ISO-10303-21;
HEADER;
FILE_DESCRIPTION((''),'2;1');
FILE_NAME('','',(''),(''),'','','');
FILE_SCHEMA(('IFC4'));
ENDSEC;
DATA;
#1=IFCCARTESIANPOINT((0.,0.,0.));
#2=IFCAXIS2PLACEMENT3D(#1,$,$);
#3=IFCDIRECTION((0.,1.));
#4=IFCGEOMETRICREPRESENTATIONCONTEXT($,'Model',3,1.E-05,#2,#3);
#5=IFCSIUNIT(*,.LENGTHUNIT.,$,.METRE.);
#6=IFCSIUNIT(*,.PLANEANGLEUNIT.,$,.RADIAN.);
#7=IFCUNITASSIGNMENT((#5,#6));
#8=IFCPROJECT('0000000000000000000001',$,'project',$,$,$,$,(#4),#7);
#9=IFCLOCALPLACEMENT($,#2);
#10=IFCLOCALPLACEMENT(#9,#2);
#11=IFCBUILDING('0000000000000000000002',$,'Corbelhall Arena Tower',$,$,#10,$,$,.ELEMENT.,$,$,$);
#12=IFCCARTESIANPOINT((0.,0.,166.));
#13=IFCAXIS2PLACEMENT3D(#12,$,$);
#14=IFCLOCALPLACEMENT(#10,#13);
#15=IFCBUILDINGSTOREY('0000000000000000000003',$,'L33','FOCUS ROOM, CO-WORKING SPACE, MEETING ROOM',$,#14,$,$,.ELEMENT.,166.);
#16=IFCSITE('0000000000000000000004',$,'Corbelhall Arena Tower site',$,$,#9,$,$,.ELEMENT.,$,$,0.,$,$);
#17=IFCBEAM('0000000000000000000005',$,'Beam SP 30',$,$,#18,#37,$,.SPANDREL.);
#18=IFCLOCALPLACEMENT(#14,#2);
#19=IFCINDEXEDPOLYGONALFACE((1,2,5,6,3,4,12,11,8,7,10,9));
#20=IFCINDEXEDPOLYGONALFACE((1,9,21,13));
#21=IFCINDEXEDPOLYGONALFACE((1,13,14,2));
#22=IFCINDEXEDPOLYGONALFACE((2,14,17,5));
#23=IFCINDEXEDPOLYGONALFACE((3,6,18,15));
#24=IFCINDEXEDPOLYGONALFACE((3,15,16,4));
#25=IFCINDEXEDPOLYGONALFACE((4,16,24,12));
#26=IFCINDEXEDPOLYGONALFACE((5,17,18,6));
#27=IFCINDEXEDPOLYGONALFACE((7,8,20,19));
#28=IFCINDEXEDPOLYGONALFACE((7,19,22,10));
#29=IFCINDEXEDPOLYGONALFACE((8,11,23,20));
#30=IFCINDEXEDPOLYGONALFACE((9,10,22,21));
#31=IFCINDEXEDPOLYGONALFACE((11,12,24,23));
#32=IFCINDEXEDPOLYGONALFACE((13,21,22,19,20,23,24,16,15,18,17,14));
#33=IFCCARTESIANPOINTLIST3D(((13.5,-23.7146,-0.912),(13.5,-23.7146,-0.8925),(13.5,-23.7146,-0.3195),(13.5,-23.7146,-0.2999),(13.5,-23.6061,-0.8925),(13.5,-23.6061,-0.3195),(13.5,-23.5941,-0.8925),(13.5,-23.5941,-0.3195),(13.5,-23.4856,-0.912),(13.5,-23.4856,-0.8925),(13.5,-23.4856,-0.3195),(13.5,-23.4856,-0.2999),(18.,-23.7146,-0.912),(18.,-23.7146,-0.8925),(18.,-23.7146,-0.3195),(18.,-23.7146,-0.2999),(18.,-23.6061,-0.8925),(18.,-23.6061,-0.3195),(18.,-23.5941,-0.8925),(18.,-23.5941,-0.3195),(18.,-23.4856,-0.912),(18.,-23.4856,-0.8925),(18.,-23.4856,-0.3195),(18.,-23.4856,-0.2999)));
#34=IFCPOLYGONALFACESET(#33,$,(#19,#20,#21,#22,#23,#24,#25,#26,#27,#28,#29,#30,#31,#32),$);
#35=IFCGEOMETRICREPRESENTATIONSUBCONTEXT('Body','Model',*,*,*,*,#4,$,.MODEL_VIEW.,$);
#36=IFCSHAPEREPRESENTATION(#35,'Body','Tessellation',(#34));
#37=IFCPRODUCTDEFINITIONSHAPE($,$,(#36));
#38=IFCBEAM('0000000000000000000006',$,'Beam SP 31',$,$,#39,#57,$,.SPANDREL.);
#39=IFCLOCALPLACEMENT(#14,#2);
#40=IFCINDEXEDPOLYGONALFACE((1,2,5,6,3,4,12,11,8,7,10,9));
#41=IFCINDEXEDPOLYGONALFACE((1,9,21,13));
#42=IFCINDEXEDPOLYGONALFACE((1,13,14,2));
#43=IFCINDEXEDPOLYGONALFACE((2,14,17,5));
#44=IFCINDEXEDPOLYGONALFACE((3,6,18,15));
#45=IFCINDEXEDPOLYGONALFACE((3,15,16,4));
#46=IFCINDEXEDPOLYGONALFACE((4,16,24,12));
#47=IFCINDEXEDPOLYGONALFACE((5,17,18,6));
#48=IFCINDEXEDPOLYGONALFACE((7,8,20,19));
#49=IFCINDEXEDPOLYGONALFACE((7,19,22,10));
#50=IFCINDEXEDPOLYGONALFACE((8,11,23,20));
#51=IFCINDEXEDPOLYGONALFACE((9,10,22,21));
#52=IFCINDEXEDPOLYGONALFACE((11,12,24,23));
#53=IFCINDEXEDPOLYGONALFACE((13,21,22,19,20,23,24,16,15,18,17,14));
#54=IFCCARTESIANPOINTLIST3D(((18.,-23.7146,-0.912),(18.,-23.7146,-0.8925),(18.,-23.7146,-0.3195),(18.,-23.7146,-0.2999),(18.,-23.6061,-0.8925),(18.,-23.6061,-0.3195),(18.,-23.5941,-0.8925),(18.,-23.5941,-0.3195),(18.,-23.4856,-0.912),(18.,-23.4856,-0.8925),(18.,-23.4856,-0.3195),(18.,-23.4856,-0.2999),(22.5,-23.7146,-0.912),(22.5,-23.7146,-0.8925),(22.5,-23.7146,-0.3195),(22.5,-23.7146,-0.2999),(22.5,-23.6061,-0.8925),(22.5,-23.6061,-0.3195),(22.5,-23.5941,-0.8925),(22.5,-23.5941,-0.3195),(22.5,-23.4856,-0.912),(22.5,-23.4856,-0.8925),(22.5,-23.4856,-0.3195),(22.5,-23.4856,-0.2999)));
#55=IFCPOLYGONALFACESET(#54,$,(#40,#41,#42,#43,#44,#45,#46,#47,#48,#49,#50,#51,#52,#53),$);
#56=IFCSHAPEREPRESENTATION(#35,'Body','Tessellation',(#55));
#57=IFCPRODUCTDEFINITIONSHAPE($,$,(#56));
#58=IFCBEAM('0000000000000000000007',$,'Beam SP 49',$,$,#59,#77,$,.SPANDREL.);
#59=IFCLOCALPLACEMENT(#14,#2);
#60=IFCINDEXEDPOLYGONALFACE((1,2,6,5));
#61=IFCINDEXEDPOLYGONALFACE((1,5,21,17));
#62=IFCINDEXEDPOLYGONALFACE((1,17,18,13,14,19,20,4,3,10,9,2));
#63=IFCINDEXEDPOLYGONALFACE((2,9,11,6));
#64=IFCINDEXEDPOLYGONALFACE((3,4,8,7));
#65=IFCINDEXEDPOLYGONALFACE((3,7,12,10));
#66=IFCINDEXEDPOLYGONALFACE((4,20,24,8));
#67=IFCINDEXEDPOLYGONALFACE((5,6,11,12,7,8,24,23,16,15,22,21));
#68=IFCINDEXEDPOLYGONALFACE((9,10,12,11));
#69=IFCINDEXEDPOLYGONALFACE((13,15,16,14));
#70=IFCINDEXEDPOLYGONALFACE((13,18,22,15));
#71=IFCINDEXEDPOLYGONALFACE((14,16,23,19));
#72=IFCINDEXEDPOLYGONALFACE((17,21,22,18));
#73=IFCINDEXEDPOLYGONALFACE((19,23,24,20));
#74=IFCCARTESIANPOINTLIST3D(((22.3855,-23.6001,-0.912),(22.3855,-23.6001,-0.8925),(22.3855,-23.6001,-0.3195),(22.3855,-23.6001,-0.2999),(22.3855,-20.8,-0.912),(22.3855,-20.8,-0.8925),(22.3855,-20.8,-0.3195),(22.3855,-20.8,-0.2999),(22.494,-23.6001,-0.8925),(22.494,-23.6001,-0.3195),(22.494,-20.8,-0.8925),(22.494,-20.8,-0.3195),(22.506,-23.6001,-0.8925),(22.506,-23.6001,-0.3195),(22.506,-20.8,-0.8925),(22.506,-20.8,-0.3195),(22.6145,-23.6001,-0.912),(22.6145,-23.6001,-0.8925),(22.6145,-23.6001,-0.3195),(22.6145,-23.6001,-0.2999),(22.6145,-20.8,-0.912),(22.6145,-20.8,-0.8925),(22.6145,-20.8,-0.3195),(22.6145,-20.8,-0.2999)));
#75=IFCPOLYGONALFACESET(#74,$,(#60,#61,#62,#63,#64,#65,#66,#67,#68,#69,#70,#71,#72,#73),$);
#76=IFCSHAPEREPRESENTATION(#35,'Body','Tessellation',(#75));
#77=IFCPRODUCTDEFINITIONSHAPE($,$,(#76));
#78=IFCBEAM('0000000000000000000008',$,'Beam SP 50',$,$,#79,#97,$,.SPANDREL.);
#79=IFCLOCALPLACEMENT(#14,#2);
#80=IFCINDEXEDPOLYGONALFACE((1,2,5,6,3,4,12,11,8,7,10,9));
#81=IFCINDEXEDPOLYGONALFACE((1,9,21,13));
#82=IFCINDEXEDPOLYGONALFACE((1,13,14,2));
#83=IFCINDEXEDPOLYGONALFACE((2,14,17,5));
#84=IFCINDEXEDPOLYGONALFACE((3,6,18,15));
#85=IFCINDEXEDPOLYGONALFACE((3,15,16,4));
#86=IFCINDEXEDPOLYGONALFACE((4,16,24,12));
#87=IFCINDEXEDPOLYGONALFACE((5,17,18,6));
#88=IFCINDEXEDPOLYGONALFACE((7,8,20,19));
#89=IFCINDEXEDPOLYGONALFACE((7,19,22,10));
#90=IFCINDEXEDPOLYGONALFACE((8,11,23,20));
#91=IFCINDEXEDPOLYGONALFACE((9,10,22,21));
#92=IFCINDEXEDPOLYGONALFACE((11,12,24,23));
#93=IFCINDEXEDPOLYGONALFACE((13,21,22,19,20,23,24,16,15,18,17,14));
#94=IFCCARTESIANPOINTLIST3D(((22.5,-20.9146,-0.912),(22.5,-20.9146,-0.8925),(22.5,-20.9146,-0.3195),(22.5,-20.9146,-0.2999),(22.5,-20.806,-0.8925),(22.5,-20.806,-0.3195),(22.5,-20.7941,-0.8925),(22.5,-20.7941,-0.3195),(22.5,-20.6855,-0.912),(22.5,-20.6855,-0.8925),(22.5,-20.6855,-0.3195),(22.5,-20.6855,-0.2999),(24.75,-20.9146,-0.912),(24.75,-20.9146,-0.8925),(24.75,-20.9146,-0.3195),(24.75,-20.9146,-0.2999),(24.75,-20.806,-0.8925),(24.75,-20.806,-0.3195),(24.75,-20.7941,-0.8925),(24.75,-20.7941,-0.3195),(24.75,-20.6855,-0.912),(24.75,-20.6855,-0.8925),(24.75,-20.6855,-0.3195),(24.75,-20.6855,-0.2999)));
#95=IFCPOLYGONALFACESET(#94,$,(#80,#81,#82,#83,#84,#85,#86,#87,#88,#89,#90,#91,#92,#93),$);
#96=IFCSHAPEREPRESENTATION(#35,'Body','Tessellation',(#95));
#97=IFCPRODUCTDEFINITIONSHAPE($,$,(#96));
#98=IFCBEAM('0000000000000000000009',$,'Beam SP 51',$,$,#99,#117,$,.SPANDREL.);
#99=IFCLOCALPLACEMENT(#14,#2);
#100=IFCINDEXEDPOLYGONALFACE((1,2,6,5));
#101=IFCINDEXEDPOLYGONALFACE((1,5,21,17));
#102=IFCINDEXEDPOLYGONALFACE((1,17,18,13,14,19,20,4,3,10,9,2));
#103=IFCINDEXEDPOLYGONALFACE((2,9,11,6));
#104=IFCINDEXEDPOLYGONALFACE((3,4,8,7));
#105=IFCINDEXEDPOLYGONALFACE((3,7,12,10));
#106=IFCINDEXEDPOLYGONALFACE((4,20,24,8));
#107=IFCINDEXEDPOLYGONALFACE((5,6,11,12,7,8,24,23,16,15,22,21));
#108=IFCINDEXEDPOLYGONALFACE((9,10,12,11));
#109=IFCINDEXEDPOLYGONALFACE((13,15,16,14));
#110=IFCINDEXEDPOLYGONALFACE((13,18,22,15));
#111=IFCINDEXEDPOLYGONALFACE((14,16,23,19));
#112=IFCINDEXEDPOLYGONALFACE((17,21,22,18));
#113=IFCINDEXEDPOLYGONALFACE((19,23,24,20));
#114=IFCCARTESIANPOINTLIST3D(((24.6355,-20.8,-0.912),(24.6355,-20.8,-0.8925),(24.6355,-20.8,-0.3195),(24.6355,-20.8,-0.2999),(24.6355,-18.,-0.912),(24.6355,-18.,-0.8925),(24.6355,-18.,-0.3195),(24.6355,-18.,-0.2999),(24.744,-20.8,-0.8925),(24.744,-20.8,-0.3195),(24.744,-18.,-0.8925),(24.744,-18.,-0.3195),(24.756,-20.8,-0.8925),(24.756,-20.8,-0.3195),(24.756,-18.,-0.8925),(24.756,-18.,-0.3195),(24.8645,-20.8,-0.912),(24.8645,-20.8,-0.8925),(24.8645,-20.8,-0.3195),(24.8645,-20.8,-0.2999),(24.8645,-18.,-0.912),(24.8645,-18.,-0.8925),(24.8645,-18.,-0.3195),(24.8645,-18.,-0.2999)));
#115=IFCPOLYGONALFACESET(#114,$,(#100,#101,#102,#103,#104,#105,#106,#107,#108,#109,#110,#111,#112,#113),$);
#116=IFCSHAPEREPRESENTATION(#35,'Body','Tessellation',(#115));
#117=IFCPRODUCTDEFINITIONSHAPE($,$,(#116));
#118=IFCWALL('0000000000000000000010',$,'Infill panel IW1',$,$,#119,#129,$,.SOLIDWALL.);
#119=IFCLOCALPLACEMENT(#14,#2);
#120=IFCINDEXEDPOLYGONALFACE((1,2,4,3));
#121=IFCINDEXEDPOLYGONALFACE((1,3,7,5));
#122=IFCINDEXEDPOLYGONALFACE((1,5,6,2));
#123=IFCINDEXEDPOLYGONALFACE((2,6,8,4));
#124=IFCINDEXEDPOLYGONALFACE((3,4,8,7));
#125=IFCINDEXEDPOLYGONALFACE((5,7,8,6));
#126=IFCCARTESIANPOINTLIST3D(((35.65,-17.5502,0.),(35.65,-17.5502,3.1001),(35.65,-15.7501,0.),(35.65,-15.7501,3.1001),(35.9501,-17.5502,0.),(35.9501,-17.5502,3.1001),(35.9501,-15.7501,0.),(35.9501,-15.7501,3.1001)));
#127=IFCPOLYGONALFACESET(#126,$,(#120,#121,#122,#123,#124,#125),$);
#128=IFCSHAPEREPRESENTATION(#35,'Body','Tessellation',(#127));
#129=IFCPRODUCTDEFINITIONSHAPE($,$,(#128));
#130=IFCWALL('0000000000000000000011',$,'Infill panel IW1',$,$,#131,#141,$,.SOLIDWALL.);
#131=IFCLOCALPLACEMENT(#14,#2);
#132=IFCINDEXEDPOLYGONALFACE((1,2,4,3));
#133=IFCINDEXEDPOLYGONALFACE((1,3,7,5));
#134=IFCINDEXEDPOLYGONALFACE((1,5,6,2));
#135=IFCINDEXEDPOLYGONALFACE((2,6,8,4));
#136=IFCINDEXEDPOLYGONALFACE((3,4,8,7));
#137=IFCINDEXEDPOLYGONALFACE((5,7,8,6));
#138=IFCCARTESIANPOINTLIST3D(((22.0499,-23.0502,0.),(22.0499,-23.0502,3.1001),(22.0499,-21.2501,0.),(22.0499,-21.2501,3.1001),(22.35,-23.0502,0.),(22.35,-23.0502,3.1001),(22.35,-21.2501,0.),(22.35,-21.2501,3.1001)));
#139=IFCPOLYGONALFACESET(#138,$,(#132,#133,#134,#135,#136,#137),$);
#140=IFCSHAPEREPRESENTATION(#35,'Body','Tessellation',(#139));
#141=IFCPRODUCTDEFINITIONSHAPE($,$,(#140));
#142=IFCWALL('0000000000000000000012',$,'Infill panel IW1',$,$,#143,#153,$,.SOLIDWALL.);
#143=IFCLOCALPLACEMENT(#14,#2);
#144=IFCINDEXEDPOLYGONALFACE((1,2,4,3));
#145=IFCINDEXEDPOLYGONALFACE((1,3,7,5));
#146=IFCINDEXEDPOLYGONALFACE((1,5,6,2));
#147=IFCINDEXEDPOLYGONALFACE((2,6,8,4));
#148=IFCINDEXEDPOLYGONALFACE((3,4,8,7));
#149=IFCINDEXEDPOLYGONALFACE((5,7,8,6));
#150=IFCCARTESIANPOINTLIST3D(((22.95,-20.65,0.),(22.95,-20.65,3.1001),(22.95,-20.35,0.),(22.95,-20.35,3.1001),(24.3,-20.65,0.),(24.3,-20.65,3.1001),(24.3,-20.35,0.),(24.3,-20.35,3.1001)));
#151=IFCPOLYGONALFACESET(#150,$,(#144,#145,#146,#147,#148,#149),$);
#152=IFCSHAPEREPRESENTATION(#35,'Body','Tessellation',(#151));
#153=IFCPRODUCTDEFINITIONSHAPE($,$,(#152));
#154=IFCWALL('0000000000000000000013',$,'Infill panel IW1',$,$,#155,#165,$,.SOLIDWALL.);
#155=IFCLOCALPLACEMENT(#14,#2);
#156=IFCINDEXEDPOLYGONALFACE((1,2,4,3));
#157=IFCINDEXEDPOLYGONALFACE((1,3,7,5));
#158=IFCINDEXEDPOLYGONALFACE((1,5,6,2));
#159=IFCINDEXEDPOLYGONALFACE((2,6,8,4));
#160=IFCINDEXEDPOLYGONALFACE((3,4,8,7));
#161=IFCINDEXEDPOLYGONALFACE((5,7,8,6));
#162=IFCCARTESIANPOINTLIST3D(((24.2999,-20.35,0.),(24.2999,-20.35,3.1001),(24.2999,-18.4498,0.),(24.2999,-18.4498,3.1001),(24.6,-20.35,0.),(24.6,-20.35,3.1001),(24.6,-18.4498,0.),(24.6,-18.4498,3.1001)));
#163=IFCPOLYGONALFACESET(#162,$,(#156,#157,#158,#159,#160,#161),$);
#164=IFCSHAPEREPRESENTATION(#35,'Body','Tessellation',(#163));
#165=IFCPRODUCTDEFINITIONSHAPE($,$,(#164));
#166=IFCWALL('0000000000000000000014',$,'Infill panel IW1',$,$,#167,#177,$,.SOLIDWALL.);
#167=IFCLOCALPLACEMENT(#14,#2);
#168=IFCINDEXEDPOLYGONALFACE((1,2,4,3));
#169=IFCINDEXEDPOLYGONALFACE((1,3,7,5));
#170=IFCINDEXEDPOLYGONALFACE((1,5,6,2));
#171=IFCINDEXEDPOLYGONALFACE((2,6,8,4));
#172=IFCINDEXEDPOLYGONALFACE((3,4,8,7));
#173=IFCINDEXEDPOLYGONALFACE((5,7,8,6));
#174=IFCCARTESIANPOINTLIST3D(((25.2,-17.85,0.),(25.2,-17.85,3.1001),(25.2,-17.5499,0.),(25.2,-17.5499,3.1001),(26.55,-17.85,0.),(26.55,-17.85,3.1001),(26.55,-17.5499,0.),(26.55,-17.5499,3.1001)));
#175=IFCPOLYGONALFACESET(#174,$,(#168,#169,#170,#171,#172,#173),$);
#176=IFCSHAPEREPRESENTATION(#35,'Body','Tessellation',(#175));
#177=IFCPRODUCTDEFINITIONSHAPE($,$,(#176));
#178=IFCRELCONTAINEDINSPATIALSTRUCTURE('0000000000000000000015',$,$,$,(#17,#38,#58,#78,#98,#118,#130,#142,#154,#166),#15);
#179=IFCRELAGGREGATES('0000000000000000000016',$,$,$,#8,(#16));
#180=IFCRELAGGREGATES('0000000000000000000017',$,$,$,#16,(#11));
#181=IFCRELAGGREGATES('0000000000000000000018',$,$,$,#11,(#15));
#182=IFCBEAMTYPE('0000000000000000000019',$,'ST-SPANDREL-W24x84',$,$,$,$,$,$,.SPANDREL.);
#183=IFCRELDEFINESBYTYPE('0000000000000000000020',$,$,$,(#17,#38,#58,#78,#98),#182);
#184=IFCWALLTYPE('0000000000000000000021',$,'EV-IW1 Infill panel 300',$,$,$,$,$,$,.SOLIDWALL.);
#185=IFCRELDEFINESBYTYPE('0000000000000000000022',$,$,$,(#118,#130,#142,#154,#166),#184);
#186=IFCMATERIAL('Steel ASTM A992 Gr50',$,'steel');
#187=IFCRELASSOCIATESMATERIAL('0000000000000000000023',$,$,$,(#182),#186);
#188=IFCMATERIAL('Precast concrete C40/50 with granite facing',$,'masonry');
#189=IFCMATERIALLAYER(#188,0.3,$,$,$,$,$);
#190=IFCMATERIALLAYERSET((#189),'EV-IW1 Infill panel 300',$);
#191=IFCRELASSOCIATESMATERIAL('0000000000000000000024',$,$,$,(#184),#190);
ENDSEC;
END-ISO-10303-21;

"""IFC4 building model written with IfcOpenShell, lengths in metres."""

from ifc_helpers import new_model, si_unit, direction, frame, frame_2d, origin, origin_2d, place, context, subcontext, project, spatial, rectangle, i_section, extrude, material, layer, layer_set, material_profile, profile_set, type_object, element, save


model = new_model("IFC4")

# Units and contexts
model_context = context("Model", 3, precision=1e-05, world=origin(), true_north=direction((0.0, 1.0)))
body_context = subcontext(model_context, "Body", "Model", "MODEL_VIEW")
ifc_project = project(units=[si_unit("LENGTHUNIT", "METRE"), si_unit("PLANEANGLEUNIT", "RADIAN")], contexts=[model_context])

# Site, building, storey
site_placement = place(None, origin())
site = spatial("IfcSite", under=ifc_project, at=site_placement, Name="Corbelhall Arena Tower site", CompositionType="ELEMENT", RefElevation=0.0)
building_placement = place(site_placement, origin())
building = spatial("IfcBuilding", under=site, at=building_placement, Name="Corbelhall Arena Tower", CompositionType="ELEMENT")
storey_placement = place(building_placement, frame((0.0, 0.0, 166.0)))
storey = spatial("IfcBuildingStorey", under=building, at=storey_placement, Name="L33", Description="FOCUS ROOM, CO-WORKING SPACE, MEETING ROOM", CompositionType="ELEMENT", Elevation=166.0)

# Beams
ifc_material_1 = material(Name="Steel ASTM A992 Gr50", Category="steel")
ifc_material_profile_1 = material_profile(ifc_material_1, i_section(OverallWidth=0.229, OverallDepth=0.6121, WebThickness=0.012, FlangeThickness=0.0195, at=origin_2d()))
ifc_profile_set_1 = profile_set([ifc_material_profile_1], Name="Steel ASTM A992 Gr50")
beam_type = type_object("IfcBeamType", Name="ST-SPANDREL-W24x84", PredefinedType="SPANDREL", material=ifc_profile_set_1)
for number, where, z_axis, x_axis, name in (
    (1, (18.0, -23.6001, -0.606), (-1.0, 0.0, 0.0), (0.0, -1.0, 0.0), "Beam SP 30"),
    (2, (22.5, -23.6001, -0.606), (-1.0, 0.0, 0.0), (0.0, -1.0, 0.0), "Beam SP 31"),
):
    element("IfcBeam", number, at=place(storey_placement, frame(where, z_axis=z_axis, x_axis=x_axis)), inside=storey, type_object=beam_type, Name=name, PredefinedType="SPANDREL", context=body_context, shape_type="SweptSolid", body=[
        extrude(i_section(OverallWidth=0.229, OverallDepth=0.6121, WebThickness=0.012, FlangeThickness=0.0195, at=origin_2d()), origin(), (0.0, 0.0, 1.0), 4.5),
    ])
beam_1_placement = place(storey_placement, frame((22.5, -20.8, -0.606), z_axis=(0.0, -1.0, 0.0), x_axis=(1.0, 0.0, 0.0)))
element("IfcBeam", 3, at=beam_1_placement, inside=storey, type_object=beam_type, Name="Beam SP 49", PredefinedType="SPANDREL", context=body_context, shape_type="SweptSolid", body=[
    extrude(i_section(OverallWidth=0.229, OverallDepth=0.6121, WebThickness=0.012, FlangeThickness=0.0195, at=origin_2d()), origin(), (0.0, 0.0, 1.0), 2.8),
])
beam_2_placement = place(storey_placement, frame((24.75, -20.8, -0.606), z_axis=(-1.0, 0.0, 0.0), x_axis=(0.0, -1.0, 0.0)))
element("IfcBeam", 4, at=beam_2_placement, inside=storey, type_object=beam_type, Name="Beam SP 50", PredefinedType="SPANDREL", context=body_context, shape_type="SweptSolid", body=[
    extrude(i_section(OverallWidth=0.229, OverallDepth=0.6121, WebThickness=0.012, FlangeThickness=0.0195, at=origin_2d()), origin(), (0.0, 0.0, 1.0), 2.25),
])
beam_3_placement = place(storey_placement, frame((24.75, -18.0, -0.606), z_axis=(0.0, -1.0, 0.0), x_axis=(1.0, 0.0, 0.0)))
element("IfcBeam", 5, at=beam_3_placement, inside=storey, type_object=beam_type, Name="Beam SP 51", PredefinedType="SPANDREL", context=body_context, shape_type="SweptSolid", body=[
    extrude(i_section(OverallWidth=0.229, OverallDepth=0.6121, WebThickness=0.012, FlangeThickness=0.0195, at=origin_2d()), origin(), (0.0, 0.0, 1.0), 2.8),
])

# Wall
ifc_material_2 = material(Name="Precast concrete C40/50 with granite facing", Category="masonry")
ifc_layer = layer(ifc_material_2, 0.3)
ifc_layer_set = layer_set([ifc_layer], Name="EV-IW1 Infill panel 300")
wall_type = type_object("IfcWallType", Name="EV-IW1 Infill panel 300", PredefinedType="SOLIDWALL", material=ifc_layer_set)
wall_1_placement = place(storey_placement, frame((35.8, -17.55, 0.0), z_axis=(0.0, 0.0, 1.0), x_axis=(0.0, 1.0, 0.0)))
element("IfcWall", 6, at=wall_1_placement, inside=storey, type_object=wall_type, Name="Infill panel IW1", PredefinedType="SOLIDWALL", context=body_context, shape_type="SweptSolid", body=[
    extrude(rectangle(XDim=1.8, YDim=0.3, at=frame_2d((0.8999, 0.0))), origin(), (0.0, 0.0, 1.0), 3.1001),
])

# Walls
wall_2_placement = place(storey_placement, frame((22.2, -23.05, 0.0), z_axis=(0.0, 0.0, 1.0), x_axis=(0.0, 1.0, 0.0)))
element("IfcWall", 7, at=wall_2_placement, inside=storey, type_object=wall_type, Name="Infill panel IW1", PredefinedType="SOLIDWALL", context=body_context, shape_type="SweptSolid", body=[
    extrude(rectangle(XDim=1.8, YDim=0.3, at=frame_2d((0.8999, 0.0))), origin(), (0.0, 0.0, 1.0), 3.1001),
])
wall_3_placement = place(storey_placement, frame((22.95, -20.5, 0.0), z_axis=(0.0, 0.0, 1.0), x_axis=(1.0, 0.0, 0.0)))
element("IfcWall", 8, at=wall_3_placement, inside=storey, type_object=wall_type, Name="Infill panel IW1", PredefinedType="SOLIDWALL", context=body_context, shape_type="SweptSolid", body=[
    extrude(rectangle(XDim=1.3501, YDim=0.3, at=frame_2d((0.675, 0.0))), origin(), (0.0, 0.0, 1.0), 3.1001),
])
wall_4_placement = place(storey_placement, frame((24.45, -20.3501, 0.0), z_axis=(0.0, 0.0, 1.0), x_axis=(0.0, 1.0, 0.0)))
element("IfcWall", 9, at=wall_4_placement, inside=storey, type_object=wall_type, Name="Infill panel IW1", PredefinedType="SOLIDWALL", context=body_context, shape_type="SweptSolid", body=[
    extrude(rectangle(XDim=1.9001, YDim=0.3, at=frame_2d((0.9502, 0.0))), origin(), (0.0, 0.0, 1.0), 3.1001),
])
wall_5_placement = place(storey_placement, frame((25.2, -17.7, 0.0), z_axis=(0.0, 0.0, 1.0), x_axis=(1.0, 0.0, 0.0)))
element("IfcWall", 10, at=wall_5_placement, inside=storey, type_object=wall_type, Name="Infill panel IW1", PredefinedType="SOLIDWALL", context=body_context, shape_type="SweptSolid", body=[
    extrude(rectangle(XDim=1.3501, YDim=0.3, at=frame_2d((0.675, 0.0))), origin(), (0.0, 0.0, 1.0), 3.1001),
])

save(model, "model.ifc")
